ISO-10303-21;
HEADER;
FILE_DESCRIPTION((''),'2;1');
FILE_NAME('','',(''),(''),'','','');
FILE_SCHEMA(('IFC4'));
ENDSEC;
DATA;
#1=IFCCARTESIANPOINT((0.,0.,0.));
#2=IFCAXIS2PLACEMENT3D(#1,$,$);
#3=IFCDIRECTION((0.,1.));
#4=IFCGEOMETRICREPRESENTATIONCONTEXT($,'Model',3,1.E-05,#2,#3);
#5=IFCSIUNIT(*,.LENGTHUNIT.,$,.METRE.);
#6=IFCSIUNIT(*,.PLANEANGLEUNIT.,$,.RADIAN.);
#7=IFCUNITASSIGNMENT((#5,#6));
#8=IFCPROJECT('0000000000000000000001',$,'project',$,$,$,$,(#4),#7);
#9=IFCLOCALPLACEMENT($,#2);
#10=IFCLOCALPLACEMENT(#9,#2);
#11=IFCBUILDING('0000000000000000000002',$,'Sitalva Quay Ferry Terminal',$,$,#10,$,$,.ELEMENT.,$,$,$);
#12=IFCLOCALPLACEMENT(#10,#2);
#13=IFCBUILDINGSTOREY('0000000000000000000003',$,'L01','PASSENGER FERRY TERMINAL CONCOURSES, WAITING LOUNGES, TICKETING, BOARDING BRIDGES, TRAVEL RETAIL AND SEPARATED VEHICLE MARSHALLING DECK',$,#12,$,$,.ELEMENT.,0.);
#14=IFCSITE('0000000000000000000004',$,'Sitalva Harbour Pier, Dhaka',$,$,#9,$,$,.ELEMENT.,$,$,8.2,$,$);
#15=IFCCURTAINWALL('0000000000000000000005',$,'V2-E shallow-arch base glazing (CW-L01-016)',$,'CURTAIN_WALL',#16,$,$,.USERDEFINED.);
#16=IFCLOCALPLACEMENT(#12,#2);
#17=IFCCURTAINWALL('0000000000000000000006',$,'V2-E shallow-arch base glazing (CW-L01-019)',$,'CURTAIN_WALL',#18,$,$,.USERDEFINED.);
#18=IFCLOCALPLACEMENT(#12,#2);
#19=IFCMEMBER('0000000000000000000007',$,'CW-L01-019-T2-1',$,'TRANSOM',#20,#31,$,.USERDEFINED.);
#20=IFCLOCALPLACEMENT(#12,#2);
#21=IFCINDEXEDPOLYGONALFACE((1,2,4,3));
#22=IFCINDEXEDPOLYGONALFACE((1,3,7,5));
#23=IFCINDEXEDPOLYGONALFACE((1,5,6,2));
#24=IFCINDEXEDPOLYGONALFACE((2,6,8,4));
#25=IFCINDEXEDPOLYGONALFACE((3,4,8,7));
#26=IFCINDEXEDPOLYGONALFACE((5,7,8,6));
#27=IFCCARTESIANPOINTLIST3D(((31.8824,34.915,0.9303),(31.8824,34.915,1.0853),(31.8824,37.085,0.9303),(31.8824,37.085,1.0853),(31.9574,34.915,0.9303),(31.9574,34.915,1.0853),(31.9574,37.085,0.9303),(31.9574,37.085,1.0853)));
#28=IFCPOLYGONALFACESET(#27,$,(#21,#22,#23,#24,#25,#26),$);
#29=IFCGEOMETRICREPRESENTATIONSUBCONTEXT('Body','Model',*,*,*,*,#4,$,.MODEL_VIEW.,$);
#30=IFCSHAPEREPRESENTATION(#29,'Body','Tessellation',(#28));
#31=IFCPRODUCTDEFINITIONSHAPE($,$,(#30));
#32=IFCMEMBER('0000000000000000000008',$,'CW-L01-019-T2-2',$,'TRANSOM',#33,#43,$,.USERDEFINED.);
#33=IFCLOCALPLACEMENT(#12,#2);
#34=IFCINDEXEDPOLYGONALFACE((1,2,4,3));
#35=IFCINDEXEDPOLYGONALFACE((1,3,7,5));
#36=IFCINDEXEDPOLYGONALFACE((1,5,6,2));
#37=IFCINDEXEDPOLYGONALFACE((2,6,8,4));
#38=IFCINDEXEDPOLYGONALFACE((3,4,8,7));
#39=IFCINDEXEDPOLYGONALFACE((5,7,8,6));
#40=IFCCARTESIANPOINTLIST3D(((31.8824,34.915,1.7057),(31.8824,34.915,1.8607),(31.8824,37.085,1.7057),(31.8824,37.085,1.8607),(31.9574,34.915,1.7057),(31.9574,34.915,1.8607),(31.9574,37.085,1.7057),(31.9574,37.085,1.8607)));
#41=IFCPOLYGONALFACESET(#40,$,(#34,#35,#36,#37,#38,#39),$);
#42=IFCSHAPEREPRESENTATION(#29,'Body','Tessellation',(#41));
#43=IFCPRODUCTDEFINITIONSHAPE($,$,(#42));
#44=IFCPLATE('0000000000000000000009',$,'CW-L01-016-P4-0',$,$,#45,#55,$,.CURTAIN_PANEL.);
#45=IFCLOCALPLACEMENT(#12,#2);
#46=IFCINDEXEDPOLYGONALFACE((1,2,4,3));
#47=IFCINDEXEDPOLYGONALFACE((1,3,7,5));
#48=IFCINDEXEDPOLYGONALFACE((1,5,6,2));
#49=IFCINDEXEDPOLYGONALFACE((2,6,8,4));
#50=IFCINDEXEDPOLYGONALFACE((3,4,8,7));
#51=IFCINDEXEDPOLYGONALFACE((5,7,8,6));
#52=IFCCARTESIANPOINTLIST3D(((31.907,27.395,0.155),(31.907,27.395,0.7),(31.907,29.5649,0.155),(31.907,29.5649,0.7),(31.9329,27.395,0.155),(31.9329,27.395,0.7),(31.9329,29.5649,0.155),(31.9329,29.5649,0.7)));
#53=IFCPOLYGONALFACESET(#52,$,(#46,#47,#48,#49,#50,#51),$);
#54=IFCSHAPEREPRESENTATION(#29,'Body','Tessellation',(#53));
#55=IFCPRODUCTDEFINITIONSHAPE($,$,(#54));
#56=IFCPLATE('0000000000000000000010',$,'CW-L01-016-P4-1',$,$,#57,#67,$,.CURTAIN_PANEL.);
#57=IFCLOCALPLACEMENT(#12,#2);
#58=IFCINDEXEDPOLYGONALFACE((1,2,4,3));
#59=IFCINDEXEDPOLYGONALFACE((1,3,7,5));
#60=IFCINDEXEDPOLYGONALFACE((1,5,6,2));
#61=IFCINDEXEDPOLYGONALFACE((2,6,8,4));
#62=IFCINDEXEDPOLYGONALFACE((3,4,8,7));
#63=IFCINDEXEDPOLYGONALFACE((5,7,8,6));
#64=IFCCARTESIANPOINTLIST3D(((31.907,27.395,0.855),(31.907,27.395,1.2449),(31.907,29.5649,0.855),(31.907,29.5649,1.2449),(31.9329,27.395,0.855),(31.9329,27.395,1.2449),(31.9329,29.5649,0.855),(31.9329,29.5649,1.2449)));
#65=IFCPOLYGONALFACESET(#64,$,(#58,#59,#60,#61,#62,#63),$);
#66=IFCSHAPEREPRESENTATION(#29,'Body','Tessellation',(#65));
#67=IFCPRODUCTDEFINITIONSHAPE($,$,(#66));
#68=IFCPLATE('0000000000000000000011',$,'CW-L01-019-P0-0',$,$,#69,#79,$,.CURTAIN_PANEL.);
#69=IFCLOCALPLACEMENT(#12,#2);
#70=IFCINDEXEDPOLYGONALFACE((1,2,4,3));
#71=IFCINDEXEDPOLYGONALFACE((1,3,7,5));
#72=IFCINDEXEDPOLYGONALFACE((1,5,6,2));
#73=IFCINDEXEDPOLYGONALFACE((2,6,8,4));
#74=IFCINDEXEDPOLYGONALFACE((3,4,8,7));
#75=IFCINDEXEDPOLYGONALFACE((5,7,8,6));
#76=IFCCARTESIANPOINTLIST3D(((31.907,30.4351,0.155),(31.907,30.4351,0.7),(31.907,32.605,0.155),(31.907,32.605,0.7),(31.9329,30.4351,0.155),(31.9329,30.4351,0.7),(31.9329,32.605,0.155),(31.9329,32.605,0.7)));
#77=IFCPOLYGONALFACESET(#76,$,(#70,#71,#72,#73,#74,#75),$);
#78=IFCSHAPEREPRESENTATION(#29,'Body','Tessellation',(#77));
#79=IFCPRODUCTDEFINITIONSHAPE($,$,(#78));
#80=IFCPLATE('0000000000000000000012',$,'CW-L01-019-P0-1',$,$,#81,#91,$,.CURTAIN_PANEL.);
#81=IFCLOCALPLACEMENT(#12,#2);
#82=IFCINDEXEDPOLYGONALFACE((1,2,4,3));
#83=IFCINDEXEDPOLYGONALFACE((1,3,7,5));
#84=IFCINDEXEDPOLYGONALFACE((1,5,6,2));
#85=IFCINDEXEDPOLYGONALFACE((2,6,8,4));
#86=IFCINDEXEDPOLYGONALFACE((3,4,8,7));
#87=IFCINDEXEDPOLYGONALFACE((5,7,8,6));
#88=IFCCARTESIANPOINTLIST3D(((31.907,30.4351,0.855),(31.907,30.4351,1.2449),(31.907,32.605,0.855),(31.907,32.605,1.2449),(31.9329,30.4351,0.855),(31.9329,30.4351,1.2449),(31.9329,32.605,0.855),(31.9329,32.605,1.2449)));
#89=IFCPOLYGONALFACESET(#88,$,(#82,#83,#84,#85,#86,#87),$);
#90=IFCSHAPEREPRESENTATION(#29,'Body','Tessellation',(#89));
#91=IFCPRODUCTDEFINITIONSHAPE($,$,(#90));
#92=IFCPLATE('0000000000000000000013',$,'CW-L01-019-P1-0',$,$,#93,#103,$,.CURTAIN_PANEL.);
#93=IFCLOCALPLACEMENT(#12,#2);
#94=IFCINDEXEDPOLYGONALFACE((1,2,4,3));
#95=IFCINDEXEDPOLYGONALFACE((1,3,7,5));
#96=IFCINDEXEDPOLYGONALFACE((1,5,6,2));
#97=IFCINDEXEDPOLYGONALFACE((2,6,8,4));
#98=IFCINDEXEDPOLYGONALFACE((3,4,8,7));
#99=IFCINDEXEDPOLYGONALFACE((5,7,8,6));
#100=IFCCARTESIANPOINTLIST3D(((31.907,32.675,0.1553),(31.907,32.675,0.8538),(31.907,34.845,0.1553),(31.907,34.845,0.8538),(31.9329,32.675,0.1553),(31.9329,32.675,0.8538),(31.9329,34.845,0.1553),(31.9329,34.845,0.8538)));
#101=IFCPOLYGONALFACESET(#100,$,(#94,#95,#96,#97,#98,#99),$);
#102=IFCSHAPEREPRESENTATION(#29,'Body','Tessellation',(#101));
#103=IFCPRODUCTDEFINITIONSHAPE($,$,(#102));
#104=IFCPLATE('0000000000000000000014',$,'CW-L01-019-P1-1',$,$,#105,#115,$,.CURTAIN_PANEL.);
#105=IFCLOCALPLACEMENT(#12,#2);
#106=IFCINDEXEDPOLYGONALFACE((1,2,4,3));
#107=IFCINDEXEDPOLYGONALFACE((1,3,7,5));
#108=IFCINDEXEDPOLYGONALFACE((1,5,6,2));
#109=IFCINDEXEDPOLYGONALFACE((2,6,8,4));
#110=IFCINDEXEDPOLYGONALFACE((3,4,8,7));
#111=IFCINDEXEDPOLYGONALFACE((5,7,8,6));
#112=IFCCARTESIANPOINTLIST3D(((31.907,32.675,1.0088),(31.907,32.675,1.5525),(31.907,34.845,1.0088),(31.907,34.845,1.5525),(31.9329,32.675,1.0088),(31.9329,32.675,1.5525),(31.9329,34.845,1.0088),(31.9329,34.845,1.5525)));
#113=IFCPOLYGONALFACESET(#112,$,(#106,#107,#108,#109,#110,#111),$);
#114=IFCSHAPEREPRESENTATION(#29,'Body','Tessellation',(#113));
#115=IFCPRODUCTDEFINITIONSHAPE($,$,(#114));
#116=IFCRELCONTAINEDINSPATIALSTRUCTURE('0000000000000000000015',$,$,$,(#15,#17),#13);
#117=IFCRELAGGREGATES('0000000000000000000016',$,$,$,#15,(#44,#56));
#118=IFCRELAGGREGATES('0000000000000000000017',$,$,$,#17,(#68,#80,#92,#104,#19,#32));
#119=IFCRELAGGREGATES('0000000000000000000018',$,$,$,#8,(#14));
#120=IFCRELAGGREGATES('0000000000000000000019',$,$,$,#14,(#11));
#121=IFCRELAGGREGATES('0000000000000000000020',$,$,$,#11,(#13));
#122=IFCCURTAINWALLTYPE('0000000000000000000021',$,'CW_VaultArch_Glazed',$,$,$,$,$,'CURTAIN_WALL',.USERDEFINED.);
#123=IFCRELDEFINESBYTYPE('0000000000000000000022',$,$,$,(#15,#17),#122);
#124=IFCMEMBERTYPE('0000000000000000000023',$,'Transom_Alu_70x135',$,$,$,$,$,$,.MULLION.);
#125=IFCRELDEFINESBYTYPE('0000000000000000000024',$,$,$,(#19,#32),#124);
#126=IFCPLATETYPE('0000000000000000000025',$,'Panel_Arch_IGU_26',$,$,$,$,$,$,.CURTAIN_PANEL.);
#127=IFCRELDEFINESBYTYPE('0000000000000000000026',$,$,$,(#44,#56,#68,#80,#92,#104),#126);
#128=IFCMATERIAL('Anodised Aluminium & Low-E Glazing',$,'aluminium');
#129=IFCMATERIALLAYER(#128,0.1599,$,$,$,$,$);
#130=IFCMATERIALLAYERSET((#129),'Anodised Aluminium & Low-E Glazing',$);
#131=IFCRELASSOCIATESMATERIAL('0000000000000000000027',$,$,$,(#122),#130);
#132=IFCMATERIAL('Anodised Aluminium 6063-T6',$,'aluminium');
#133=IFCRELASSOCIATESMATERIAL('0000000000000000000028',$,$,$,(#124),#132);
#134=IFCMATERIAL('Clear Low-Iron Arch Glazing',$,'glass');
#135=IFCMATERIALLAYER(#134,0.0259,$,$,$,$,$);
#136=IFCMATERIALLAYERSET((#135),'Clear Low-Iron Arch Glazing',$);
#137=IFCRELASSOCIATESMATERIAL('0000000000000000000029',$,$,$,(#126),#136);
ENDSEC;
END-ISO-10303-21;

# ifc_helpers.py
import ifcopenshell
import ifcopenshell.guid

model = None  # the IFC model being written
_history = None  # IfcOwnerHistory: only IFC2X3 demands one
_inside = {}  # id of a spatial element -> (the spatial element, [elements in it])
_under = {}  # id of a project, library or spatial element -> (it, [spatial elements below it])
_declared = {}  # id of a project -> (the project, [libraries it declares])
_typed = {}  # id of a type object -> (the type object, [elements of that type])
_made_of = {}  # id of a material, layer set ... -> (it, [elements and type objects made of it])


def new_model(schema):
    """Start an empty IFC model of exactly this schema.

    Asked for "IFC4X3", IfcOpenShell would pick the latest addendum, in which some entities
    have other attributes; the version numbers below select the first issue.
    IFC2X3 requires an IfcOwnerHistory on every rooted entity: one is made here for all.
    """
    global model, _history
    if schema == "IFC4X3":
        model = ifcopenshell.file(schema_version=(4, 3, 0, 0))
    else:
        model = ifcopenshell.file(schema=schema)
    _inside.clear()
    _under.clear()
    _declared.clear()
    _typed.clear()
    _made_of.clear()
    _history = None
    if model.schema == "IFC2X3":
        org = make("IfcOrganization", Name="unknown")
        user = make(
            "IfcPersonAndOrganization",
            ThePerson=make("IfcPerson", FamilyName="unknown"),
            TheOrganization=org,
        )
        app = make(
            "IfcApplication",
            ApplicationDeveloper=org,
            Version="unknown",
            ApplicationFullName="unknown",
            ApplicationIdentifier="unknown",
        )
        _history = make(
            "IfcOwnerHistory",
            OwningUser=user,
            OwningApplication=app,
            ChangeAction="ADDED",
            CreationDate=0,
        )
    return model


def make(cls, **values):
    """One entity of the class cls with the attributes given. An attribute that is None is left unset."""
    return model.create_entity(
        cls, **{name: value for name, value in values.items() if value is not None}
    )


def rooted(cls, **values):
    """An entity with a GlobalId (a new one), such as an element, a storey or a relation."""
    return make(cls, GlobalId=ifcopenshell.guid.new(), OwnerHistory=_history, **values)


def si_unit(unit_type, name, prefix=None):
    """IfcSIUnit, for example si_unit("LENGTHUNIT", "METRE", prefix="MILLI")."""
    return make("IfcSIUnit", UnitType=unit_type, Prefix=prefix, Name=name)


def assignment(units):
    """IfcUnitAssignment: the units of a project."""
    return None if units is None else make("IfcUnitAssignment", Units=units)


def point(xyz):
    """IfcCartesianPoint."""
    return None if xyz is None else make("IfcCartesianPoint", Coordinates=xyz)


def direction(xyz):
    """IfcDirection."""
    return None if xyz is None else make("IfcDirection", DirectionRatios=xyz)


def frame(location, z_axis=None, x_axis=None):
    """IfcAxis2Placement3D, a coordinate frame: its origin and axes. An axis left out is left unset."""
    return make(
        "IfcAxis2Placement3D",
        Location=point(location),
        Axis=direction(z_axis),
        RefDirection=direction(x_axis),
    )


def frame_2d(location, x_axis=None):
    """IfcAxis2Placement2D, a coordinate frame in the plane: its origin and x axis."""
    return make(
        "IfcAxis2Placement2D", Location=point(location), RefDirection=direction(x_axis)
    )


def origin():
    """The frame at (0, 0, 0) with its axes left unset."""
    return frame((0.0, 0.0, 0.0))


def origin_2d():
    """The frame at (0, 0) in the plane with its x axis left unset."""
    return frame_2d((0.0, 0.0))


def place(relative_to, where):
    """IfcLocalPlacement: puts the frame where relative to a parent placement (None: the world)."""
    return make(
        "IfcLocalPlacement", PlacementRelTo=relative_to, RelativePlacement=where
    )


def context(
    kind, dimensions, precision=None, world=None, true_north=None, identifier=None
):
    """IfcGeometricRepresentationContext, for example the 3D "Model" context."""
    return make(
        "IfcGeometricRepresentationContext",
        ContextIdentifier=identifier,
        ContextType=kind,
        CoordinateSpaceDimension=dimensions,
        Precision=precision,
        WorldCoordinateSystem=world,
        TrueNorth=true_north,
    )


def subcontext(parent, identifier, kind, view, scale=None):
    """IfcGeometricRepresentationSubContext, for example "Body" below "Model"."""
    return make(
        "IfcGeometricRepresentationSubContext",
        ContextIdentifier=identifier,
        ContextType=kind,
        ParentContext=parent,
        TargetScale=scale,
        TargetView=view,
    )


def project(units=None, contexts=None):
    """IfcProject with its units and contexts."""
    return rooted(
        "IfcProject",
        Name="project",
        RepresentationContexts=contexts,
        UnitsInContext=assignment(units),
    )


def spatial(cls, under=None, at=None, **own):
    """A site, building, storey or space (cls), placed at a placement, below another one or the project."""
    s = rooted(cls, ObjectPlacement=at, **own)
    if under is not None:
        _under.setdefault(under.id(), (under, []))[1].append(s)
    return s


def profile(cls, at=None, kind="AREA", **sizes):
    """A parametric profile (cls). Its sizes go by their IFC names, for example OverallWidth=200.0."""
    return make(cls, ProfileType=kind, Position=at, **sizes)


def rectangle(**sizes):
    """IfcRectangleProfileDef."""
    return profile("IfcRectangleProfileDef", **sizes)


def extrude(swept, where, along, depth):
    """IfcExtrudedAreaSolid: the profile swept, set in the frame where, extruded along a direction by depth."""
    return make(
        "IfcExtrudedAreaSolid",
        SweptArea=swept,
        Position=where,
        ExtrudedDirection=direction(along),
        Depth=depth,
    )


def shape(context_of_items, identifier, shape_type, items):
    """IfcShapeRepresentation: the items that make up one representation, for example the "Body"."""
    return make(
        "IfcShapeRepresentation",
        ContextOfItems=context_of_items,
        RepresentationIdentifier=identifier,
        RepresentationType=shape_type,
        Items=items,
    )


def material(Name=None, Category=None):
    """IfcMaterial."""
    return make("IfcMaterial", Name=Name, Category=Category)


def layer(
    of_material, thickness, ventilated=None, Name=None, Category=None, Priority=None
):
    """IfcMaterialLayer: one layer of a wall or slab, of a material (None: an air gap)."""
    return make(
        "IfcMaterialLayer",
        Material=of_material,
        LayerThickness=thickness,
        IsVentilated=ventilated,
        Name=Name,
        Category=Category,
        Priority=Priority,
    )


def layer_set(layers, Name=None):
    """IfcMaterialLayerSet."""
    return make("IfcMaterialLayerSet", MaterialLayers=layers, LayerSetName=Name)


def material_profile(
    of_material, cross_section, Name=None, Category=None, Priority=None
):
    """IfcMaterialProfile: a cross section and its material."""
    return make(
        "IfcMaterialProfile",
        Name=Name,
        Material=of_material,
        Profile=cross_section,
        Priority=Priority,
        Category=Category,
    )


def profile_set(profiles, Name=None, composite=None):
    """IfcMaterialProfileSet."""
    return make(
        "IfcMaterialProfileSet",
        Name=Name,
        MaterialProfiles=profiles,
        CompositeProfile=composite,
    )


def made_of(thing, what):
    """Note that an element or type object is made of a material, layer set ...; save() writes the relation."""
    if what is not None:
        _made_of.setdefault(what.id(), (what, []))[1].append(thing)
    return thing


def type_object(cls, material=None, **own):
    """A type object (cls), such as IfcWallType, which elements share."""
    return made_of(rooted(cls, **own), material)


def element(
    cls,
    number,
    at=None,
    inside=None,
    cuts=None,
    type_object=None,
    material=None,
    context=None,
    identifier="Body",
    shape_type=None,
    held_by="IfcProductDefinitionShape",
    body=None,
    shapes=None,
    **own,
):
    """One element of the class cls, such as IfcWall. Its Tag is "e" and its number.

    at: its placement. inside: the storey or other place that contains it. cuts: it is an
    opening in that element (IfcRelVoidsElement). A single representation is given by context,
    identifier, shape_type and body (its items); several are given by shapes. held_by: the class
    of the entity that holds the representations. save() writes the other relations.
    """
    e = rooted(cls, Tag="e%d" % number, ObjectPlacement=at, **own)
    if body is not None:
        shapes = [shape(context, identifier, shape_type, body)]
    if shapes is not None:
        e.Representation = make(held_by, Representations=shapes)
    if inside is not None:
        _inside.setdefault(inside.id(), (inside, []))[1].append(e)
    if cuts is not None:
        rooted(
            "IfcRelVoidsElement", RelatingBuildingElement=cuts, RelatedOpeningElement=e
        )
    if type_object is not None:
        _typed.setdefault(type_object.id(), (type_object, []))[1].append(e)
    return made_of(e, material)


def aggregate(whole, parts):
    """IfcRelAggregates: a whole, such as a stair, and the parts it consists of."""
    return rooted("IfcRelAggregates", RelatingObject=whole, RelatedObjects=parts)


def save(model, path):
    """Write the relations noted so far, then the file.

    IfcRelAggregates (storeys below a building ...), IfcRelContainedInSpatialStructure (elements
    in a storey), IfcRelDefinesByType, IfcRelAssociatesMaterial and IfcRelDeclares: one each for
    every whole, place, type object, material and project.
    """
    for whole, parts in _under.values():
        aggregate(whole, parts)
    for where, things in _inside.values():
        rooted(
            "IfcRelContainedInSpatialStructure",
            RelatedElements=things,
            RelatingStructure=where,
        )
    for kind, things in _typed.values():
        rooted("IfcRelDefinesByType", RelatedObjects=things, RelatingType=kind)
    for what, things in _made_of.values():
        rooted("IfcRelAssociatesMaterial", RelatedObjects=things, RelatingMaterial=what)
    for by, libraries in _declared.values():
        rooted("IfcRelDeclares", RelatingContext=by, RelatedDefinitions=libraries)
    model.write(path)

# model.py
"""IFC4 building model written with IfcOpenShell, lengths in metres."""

from ifc_helpers import new_model, si_unit, direction, frame, origin, origin_2d, place, context, subcontext, project, spatial, rectangle, extrude, material, layer, layer_set, material_profile, profile_set, type_object, element, aggregate, save


model = new_model("IFC4")

# Units and contexts
model_context = context("Model", 3, precision=1e-05, world=origin(), true_north=direction((0.0, 1.0)))
body_context = subcontext(model_context, "Body", "Model", "MODEL_VIEW")
ifc_project = project(units=[si_unit("LENGTHUNIT", "METRE"), si_unit("PLANEANGLEUNIT", "RADIAN")], contexts=[model_context])

# Site, building, storey
site_placement = place(None, origin())
site = spatial("IfcSite", under=ifc_project, at=site_placement, Name="Sitalva Harbour Pier, Dhaka", CompositionType="ELEMENT", RefElevation=8.2)
building_placement = place(site_placement, origin())
building = spatial("IfcBuilding", under=site, at=building_placement, Name="Sitalva Quay Ferry Terminal", CompositionType="ELEMENT")
storey_placement = place(building_placement, origin())
storey = spatial("IfcBuildingStorey", under=building, at=storey_placement, Name="L01", Description="PASSENGER FERRY TERMINAL CONCOURSES, WAITING LOUNGES, TICKETING, BOARDING BRIDGES, TRAVEL RETAIL AND SEPARATED VEHICLE MARSHALLING DECK", CompositionType="ELEMENT", Elevation=0.0)

# Curtain walls
ifc_material_1 = material(Name="Anodised Aluminium & Low-E Glazing", Category="aluminium")
ifc_layer_1 = layer(ifc_material_1, 0.1599)
ifc_layer_set_1 = layer_set([ifc_layer_1], Name="Anodised Aluminium & Low-E Glazing")
curtain_wall_type = type_object("IfcCurtainWallType", Name="CW_VaultArch_Glazed", ElementType="CURTAIN_WALL", PredefinedType="USERDEFINED", material=ifc_layer_set_1)
curtain_wall_1_placement = place(storey_placement, origin())
curtain_wall_1 = element("IfcCurtainWall", 1, at=curtain_wall_1_placement, inside=storey, type_object=curtain_wall_type, Name="V2-E shallow-arch base glazing (CW-L01-016)", ObjectType="CURTAIN_WALL", PredefinedType="USERDEFINED")
curtain_wall_2_placement = place(storey_placement, origin())
curtain_wall_2 = element("IfcCurtainWall", 2, at=curtain_wall_2_placement, inside=storey, type_object=curtain_wall_type, Name="V2-E shallow-arch base glazing (CW-L01-019)", ObjectType="CURTAIN_WALL", PredefinedType="USERDEFINED")

# Members
ifc_material_2 = material(Name="Anodised Aluminium 6063-T6", Category="aluminium")
ifc_material_profile_1 = material_profile(ifc_material_2, rectangle(XDim=0.075, YDim=0.155, at=origin_2d()), Name="ALU75x155")
ifc_profile_set_1 = profile_set([ifc_material_profile_1], Name="Anodised Aluminium 6063-T6")
member_type_1 = type_object("IfcMemberType", Name="Transom_Alu_70x135", PredefinedType="MULLION", material=ifc_profile_set_1)
member_1_placement = place(storey_placement, frame((31.9199, 34.915, 1.0078), z_axis=(0.0, 1.0, 0.0), x_axis=(-1.0, 0.0, 0.0)))
member_1 = element("IfcMember", 3, at=member_1_placement, type_object=member_type_1, Name="CW-L01-019-T2-1", ObjectType="TRANSOM", PredefinedType="USERDEFINED", context=body_context, shape_type="SweptSolid", body=[
    extrude(rectangle(XDim=0.075, YDim=0.155, at=origin_2d()), origin(), (0.0, 0.0, 1.0), 2.1699),
])
member_2_placement = place(storey_placement, frame((31.9199, 34.915, 1.7832), z_axis=(0.0, 1.0, 0.0), x_axis=(-1.0, 0.0, 0.0)))
member_2 = element("IfcMember", 4, at=member_2_placement, type_object=member_type_1, Name="CW-L01-019-T2-2", ObjectType="TRANSOM", PredefinedType="USERDEFINED", context=body_context, shape_type="SweptSolid", body=[
    extrude(rectangle(XDim=0.075, YDim=0.155, at=origin_2d()), origin(), (0.0, 0.0, 1.0), 2.1699),
])

# Plates
ifc_material_3 = material(Name="Clear Low-Iron Arch Glazing", Category="glass")
ifc_layer_2 = layer(ifc_material_3, 0.0259)
ifc_layer_set_2 = layer_set([ifc_layer_2], Name="Clear Low-Iron Arch Glazing")
plate_type = type_object("IfcPlateType", Name="Panel_Arch_IGU_26", PredefinedType="CURTAIN_PANEL", material=ifc_layer_set_2)
plate_1_placement = place(storey_placement, frame((31.9199, 28.48, 0.155), z_axis=(0.0, 0.0, 1.0), x_axis=(0.0, 1.0, 0.0)))
plate_1 = element("IfcPlate", 5, at=plate_1_placement, type_object=plate_type, Name="CW-L01-016-P4-0", PredefinedType="CURTAIN_PANEL", context=body_context, shape_type="SweptSolid", body=[
    extrude(rectangle(XDim=2.1699, YDim=0.0259, at=origin_2d()), origin(), (0.0, 0.0, 1.0), 0.5449),
])
plate_2_placement = place(storey_placement, frame((31.9199, 28.48, 0.855), z_axis=(0.0, 0.0, 1.0), x_axis=(0.0, 1.0, 0.0)))
plate_2 = element("IfcPlate", 6, at=plate_2_placement, type_object=plate_type, Name="CW-L01-016-P4-1", PredefinedType="CURTAIN_PANEL", context=body_context, shape_type="SweptSolid", body=[
    extrude(rectangle(XDim=2.1699, YDim=0.0259, at=origin_2d()), origin(), (0.0, 0.0, 1.0), 0.3899),
])
aggregate(curtain_wall_1, [plate_1, plate_2])
plate_3_placement = place(storey_placement, frame((31.9199, 31.52, 0.155), z_axis=(0.0, 0.0, 1.0), x_axis=(0.0, 1.0, 0.0)))
plate_3 = element("IfcPlate", 7, at=plate_3_placement, type_object=plate_type, Name="CW-L01-019-P0-0", PredefinedType="CURTAIN_PANEL", context=body_context, shape_type="SweptSolid", body=[
    extrude(rectangle(XDim=2.1699, YDim=0.0259, at=origin_2d()), origin(), (0.0, 0.0, 1.0), 0.5449),
])
plate_4_placement = place(storey_placement, frame((31.9199, 31.52, 0.855), z_axis=(0.0, 0.0, 1.0), x_axis=(0.0, 1.0, 0.0)))
plate_4 = element("IfcPlate", 8, at=plate_4_placement, type_object=plate_type, Name="CW-L01-019-P0-1", PredefinedType="CURTAIN_PANEL", context=body_context, shape_type="SweptSolid", body=[
    extrude(rectangle(XDim=2.1699, YDim=0.0259, at=origin_2d()), origin(), (0.0, 0.0, 1.0), 0.3899),
])
plate_5_placement = place(storey_placement, frame((31.9199, 33.76, 0.1553), z_axis=(0.0, 0.0, 1.0), x_axis=(0.0, 1.0, 0.0)))
plate_5 = element("IfcPlate", 9, at=plate_5_placement, type_object=plate_type, Name="CW-L01-019-P1-0", PredefinedType="CURTAIN_PANEL", context=body_context, shape_type="SweptSolid", body=[
    extrude(rectangle(XDim=2.1699, YDim=0.0259, at=origin_2d()), origin(), (0.0, 0.0, 1.0), 0.6985),
])
plate_6_placement = place(storey_placement, frame((31.9199, 33.76, 1.0088), z_axis=(0.0, 0.0, 1.0), x_axis=(0.0, 1.0, 0.0)))
plate_6 = element("IfcPlate", 10, at=plate_6_placement, type_object=plate_type, Name="CW-L01-019-P1-1", PredefinedType="CURTAIN_PANEL", context=body_context, shape_type="SweptSolid", body=[
    extrude(rectangle(XDim=2.1699, YDim=0.0259, at=origin_2d()), origin(), (0.0, 0.0, 1.0), 0.5437),
])
aggregate(curtain_wall_2, [plate_3, plate_4, plate_5, plate_6, member_1, member_2])

save(model, "model.ifc")
